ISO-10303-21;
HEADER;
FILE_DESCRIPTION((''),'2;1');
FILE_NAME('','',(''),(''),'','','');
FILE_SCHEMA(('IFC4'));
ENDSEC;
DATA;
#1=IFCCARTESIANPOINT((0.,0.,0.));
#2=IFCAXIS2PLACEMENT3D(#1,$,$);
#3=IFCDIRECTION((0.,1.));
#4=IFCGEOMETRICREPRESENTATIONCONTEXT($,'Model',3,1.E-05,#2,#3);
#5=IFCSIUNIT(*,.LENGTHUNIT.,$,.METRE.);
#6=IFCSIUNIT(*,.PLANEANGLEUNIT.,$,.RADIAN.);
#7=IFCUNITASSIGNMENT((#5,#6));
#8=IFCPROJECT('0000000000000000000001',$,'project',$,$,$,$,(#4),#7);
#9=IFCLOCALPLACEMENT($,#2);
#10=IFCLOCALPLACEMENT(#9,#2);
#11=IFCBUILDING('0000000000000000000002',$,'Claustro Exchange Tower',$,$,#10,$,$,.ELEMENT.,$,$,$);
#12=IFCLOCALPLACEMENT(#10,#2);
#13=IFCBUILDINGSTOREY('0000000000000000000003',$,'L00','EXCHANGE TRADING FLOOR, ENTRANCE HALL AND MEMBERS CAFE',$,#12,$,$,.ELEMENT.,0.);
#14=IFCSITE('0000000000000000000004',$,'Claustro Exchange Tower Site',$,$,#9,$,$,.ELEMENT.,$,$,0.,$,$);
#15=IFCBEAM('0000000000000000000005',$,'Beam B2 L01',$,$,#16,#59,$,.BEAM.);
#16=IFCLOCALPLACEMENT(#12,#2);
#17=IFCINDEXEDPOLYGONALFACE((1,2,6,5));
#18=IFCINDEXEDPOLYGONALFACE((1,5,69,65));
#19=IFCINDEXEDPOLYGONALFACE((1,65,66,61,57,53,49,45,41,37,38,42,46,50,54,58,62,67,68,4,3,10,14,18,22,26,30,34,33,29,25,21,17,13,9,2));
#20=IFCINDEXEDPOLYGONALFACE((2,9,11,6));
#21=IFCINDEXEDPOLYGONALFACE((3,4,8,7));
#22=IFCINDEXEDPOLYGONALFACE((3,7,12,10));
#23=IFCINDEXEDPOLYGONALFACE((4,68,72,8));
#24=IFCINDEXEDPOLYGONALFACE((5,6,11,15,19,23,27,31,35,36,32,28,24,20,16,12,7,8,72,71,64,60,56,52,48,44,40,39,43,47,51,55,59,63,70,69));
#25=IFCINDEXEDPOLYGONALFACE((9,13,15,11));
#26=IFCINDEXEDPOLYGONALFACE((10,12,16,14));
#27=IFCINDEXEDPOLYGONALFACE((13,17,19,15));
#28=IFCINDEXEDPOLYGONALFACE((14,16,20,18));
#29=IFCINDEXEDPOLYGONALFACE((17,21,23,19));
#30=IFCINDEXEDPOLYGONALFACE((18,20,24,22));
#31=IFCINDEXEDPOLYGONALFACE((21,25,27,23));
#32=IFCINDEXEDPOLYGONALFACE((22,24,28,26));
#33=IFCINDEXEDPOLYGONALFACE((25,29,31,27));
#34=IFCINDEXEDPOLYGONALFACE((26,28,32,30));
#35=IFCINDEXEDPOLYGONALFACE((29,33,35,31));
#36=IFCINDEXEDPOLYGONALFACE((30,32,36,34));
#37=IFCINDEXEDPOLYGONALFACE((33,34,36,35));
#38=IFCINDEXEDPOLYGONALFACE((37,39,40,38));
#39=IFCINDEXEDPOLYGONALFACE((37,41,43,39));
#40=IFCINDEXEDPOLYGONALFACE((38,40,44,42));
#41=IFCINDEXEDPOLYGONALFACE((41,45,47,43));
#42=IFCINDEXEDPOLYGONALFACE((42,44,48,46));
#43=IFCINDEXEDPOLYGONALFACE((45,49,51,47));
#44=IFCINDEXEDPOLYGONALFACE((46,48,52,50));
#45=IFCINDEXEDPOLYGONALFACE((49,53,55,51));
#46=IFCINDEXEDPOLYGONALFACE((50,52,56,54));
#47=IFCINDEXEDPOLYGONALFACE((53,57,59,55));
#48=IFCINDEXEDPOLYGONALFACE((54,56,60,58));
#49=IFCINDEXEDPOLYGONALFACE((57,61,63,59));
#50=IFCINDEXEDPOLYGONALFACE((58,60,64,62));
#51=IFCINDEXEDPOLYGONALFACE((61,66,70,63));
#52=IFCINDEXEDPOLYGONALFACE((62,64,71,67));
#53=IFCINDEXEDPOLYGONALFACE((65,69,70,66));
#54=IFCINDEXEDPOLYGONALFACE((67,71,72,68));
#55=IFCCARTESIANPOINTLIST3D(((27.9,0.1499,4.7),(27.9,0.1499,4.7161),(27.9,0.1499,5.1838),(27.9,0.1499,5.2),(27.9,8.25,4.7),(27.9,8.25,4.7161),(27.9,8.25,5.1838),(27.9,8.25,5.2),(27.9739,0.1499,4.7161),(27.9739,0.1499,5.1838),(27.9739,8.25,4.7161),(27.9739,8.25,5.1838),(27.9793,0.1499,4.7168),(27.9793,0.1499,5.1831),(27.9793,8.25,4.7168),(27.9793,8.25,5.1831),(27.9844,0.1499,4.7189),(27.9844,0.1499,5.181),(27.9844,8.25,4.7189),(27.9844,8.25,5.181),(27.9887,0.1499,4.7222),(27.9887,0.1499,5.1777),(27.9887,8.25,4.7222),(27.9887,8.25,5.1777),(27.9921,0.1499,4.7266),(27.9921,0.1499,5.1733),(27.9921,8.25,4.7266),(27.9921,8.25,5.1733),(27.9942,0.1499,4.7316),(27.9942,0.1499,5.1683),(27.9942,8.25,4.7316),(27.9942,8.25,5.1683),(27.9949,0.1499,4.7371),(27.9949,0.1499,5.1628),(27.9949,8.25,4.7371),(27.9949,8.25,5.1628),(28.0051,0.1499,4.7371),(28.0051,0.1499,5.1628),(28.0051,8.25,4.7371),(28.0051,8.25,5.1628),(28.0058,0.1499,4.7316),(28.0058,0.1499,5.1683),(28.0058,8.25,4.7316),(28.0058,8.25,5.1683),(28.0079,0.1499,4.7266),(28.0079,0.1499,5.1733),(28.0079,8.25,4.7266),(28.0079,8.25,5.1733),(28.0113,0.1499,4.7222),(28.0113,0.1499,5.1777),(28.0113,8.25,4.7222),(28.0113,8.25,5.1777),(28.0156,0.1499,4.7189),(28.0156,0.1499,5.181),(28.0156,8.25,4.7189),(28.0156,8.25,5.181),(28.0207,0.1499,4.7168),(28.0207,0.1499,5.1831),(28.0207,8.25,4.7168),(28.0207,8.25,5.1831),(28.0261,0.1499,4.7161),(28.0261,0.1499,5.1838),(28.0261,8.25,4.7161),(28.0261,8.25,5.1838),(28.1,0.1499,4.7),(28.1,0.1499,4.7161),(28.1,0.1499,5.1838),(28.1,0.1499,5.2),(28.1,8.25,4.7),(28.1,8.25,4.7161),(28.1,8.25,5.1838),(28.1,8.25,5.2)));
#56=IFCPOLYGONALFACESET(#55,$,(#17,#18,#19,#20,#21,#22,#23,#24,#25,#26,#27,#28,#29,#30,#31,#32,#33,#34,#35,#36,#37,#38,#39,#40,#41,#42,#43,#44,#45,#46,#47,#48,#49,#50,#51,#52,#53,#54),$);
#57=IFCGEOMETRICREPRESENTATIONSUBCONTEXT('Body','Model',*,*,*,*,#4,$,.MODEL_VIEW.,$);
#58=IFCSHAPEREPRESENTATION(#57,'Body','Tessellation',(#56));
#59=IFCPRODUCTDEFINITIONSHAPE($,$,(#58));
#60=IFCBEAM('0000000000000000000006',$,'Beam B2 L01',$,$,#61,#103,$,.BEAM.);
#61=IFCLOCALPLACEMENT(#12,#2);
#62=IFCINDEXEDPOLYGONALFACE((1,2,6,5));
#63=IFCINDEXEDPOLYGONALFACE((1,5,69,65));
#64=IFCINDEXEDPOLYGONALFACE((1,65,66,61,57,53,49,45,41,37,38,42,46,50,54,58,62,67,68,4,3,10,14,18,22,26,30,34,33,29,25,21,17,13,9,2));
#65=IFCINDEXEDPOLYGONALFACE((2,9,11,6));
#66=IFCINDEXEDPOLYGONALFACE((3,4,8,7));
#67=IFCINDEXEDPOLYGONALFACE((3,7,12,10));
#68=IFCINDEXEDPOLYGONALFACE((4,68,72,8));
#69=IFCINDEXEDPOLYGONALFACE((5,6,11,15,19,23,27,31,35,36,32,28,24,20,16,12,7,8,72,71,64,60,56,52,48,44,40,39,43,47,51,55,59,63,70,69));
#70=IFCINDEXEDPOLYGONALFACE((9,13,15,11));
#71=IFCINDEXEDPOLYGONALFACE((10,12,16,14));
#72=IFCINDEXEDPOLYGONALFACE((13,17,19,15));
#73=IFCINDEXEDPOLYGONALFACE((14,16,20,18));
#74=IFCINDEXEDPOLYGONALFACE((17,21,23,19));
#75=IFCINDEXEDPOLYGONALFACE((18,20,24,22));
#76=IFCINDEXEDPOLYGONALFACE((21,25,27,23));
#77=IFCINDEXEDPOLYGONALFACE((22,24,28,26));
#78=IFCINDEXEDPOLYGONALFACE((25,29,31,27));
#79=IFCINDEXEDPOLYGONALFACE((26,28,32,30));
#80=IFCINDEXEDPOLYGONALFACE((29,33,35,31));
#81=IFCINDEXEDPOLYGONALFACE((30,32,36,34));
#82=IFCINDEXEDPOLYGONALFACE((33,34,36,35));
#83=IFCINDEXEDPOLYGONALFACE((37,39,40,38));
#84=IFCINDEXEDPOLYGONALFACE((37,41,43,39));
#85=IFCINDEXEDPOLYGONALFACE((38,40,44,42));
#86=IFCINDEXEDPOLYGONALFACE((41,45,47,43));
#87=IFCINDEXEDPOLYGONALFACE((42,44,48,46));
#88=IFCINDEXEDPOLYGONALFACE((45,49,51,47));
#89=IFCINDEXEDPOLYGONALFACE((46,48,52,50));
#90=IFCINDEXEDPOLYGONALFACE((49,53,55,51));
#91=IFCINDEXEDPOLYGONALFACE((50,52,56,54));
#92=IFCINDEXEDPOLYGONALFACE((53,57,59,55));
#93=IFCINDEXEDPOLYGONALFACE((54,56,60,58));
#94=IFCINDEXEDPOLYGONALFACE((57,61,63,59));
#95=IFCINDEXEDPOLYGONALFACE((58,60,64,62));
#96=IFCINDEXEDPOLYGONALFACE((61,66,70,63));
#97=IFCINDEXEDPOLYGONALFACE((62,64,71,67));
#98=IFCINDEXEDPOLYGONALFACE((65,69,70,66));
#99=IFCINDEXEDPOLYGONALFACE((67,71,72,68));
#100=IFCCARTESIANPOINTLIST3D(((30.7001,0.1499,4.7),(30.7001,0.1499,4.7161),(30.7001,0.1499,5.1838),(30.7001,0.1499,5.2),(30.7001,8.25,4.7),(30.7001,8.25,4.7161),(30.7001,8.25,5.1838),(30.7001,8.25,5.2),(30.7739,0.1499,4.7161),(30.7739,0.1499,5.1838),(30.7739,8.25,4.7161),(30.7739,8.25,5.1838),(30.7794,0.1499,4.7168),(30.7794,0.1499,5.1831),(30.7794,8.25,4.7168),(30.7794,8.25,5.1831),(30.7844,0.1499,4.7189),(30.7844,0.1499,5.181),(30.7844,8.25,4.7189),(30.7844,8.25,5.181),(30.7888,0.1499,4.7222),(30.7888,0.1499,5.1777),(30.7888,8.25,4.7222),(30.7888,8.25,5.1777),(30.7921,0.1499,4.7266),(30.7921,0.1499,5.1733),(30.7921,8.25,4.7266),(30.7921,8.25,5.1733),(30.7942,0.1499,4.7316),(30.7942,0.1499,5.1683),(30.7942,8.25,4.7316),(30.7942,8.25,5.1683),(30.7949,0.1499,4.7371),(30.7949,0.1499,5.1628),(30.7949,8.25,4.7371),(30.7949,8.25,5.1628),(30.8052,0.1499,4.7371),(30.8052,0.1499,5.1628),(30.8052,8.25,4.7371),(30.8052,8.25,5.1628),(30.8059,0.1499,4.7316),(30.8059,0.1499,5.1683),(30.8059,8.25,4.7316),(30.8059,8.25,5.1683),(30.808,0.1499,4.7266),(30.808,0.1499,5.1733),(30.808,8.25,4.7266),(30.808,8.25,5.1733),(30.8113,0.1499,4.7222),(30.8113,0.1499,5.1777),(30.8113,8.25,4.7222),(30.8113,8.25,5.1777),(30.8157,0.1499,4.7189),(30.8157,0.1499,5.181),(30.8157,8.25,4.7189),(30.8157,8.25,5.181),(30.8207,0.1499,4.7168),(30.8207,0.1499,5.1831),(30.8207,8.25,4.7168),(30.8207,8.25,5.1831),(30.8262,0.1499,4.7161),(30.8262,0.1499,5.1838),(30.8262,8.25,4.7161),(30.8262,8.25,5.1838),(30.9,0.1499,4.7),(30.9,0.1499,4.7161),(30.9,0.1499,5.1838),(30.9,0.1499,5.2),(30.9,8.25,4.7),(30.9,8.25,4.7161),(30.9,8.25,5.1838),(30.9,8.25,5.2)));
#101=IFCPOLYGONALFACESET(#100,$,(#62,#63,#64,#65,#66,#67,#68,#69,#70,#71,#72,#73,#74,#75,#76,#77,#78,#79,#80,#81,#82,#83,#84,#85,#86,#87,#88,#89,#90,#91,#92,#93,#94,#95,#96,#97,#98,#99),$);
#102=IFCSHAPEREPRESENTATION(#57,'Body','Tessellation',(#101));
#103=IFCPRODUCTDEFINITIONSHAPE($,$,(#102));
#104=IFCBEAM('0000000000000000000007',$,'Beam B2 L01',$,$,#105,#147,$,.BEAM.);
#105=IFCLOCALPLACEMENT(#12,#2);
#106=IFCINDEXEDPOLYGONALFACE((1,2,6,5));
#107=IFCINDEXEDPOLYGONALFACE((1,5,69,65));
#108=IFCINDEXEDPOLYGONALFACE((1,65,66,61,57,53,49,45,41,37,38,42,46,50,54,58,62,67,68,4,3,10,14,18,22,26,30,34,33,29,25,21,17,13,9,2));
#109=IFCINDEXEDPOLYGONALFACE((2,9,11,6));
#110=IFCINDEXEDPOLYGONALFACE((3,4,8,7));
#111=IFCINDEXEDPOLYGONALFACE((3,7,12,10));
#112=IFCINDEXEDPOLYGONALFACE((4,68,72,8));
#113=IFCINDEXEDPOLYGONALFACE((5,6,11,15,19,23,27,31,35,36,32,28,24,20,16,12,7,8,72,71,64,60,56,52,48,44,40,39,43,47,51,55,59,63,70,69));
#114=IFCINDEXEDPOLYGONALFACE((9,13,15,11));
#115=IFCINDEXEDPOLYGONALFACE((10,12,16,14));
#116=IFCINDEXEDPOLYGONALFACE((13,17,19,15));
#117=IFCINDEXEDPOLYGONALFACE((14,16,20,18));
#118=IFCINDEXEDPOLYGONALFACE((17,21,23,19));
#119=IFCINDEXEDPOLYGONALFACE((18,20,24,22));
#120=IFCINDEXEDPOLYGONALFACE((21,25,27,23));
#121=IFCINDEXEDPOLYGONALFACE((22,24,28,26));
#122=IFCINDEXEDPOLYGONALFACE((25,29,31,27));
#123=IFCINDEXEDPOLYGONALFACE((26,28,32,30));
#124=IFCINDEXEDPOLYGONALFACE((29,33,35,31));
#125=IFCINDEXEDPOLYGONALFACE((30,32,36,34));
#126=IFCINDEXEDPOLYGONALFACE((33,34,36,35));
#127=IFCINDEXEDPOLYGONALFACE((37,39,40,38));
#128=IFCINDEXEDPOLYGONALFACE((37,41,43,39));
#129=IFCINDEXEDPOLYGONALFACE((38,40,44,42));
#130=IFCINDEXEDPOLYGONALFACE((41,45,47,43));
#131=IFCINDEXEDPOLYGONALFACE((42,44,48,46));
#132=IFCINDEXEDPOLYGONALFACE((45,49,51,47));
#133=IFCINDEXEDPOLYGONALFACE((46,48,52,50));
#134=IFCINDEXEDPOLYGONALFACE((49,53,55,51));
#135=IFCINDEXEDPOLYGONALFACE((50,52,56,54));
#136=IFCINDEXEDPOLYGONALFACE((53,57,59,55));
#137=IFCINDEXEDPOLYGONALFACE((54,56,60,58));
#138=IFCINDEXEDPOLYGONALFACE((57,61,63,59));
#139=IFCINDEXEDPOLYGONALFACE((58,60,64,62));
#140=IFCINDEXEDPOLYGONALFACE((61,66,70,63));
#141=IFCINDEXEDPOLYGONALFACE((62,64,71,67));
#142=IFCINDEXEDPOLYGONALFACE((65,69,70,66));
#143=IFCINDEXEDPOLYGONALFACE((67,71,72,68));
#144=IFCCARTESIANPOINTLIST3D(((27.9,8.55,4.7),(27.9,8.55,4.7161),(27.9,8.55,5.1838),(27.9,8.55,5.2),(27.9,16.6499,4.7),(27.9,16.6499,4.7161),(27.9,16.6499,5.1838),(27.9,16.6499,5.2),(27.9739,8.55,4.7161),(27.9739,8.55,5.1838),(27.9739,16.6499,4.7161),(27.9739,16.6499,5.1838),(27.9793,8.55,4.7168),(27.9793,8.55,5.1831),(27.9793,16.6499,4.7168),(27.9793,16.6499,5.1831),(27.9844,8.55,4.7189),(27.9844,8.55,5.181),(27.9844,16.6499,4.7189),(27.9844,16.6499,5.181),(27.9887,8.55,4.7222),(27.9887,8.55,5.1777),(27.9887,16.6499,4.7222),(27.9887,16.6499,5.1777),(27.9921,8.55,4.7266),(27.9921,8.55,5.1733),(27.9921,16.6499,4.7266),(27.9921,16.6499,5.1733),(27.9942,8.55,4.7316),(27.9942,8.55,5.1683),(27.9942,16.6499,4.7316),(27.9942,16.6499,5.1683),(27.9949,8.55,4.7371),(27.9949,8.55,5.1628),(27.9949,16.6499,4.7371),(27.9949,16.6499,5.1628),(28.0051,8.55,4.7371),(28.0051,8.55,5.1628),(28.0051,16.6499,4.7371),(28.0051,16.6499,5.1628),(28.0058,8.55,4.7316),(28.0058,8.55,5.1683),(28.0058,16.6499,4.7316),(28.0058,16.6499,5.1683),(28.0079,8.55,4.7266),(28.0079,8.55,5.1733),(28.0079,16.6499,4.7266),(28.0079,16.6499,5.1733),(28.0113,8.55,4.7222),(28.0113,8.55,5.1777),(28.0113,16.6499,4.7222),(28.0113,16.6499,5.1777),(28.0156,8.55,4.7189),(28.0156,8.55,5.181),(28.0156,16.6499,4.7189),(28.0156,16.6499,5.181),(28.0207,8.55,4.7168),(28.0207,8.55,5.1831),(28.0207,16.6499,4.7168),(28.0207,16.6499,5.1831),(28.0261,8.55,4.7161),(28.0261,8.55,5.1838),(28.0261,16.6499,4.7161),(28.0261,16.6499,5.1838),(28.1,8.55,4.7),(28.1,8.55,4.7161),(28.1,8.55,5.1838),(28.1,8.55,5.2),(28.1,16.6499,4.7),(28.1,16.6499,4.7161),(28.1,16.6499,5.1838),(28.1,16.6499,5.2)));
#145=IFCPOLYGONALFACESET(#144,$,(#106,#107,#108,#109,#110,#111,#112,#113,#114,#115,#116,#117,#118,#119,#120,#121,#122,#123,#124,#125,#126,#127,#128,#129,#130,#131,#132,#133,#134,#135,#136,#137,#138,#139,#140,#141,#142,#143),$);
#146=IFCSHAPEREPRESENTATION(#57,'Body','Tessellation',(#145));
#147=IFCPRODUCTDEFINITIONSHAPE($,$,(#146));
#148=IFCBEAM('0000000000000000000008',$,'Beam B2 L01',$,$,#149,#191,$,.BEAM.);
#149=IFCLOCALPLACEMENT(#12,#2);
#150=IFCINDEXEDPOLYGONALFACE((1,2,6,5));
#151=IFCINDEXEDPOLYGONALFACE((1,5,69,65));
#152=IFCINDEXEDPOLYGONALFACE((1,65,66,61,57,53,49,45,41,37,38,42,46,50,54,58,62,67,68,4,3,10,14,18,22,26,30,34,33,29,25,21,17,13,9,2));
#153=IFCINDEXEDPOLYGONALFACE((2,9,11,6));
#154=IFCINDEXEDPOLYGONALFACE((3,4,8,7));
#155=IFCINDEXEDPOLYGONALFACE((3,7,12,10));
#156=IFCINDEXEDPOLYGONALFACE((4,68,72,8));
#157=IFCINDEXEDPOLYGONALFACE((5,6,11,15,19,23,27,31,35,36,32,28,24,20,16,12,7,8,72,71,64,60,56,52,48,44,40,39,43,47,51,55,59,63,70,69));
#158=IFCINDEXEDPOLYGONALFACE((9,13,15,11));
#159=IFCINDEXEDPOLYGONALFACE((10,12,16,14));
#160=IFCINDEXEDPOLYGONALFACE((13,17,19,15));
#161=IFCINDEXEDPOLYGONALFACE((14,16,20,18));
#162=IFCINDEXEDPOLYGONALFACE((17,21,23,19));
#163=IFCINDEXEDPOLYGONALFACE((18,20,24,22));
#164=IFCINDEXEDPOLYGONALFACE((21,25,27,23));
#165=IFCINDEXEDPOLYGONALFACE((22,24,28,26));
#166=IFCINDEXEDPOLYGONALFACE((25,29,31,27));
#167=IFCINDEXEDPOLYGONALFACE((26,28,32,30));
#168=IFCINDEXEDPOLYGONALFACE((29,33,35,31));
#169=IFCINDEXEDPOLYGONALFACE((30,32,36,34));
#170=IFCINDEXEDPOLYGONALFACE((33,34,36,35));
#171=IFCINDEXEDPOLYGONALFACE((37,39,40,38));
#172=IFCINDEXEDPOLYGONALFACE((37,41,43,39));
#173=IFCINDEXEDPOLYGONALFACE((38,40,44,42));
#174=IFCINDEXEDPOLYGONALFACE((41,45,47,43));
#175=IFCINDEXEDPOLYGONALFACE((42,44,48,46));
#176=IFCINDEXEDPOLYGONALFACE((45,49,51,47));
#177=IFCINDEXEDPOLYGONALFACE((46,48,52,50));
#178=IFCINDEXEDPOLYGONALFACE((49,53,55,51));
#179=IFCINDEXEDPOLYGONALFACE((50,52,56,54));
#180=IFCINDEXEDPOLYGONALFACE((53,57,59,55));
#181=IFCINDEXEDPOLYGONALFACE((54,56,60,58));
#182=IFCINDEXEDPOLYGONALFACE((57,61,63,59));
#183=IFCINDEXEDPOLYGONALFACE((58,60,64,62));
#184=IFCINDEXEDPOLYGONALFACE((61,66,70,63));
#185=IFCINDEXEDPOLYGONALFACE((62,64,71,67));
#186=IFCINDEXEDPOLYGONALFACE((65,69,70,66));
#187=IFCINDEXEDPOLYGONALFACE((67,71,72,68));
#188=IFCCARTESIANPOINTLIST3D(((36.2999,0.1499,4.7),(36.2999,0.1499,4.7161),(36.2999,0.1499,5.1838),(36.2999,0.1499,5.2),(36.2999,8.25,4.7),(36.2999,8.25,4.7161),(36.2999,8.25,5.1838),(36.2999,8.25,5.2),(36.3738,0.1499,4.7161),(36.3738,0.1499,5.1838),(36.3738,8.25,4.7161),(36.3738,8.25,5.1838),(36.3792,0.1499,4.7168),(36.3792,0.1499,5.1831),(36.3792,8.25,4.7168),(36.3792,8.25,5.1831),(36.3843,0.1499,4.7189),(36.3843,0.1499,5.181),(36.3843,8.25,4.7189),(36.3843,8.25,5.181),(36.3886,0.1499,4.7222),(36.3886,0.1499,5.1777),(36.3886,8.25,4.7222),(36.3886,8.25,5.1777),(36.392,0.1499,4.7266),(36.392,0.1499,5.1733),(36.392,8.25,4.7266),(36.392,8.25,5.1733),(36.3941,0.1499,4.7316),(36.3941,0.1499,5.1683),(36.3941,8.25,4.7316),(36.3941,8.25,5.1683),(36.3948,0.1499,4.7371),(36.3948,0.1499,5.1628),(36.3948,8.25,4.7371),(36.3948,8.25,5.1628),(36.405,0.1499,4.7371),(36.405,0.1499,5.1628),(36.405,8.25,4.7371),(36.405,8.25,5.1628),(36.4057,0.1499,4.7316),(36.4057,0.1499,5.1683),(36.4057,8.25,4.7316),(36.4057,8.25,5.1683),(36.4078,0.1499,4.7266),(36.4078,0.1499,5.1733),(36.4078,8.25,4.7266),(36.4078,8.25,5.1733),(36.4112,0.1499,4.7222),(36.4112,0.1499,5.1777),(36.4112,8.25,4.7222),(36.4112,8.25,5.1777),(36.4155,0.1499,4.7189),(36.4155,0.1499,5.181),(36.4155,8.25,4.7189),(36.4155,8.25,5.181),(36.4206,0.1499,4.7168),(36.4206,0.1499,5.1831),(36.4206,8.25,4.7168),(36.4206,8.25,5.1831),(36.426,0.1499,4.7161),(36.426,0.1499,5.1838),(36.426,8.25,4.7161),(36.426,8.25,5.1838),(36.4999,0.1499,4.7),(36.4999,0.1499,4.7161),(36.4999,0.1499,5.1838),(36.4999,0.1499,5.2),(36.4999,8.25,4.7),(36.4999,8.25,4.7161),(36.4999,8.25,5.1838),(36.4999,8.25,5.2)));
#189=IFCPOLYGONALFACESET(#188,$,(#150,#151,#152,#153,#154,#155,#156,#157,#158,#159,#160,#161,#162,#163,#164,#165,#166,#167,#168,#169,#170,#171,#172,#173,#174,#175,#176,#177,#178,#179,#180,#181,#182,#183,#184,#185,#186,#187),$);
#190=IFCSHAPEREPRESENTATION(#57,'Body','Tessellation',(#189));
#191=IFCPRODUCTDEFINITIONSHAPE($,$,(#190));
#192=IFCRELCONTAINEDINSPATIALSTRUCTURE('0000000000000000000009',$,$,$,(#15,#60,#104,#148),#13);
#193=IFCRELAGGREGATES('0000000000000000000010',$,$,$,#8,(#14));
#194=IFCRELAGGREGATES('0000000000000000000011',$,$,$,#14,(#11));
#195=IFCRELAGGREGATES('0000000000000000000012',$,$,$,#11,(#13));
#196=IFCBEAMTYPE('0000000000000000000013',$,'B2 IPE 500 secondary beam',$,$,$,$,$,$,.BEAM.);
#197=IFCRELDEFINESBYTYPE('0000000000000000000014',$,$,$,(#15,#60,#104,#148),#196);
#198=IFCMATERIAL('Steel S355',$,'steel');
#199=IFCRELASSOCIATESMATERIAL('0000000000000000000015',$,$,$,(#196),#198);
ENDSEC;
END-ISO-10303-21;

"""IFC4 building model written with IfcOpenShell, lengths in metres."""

from ifc_helpers import new_model, si_unit, direction, frame, origin, origin_2d, place, context, subcontext, project, spatial, i_section, extrude, material, material_profile, profile_set, type_object, element, save


model = new_model("IFC4")

# Units and contexts
model_context = context("Model", 3, precision=1e-05, world=origin(), true_north=direction((0.0, 1.0)))
body_context = subcontext(model_context, "Body", "Model", "MODEL_VIEW")
ifc_project = project(units=[si_unit("LENGTHUNIT", "METRE"), si_unit("PLANEANGLEUNIT", "RADIAN")], contexts=[model_context])

# Site, building, storey
site_placement = place(None, origin())
site = spatial("IfcSite", under=ifc_project, at=site_placement, Name="Claustro Exchange Tower Site", CompositionType="ELEMENT", RefElevation=0.0)
building_placement = place(site_placement, origin())
building = spatial("IfcBuilding", under=site, at=building_placement, Name="Claustro Exchange Tower", CompositionType="ELEMENT")
storey_placement = place(building_placement, origin())
storey = spatial("IfcBuildingStorey", under=building, at=storey_placement, Name="L00", Description="EXCHANGE TRADING FLOOR, ENTRANCE HALL AND MEMBERS CAFE", CompositionType="ELEMENT", Elevation=0.0)

# Beams
ifc_material_1 = material(Name="Steel S355", Category="steel")
ifc_material_profile_1 = material_profile(ifc_material_1, i_section(OverallWidth=0.2, OverallDepth=0.5, WebThickness=0.0103, FlangeThickness=0.0161, FilletRadius=0.021, at=origin_2d()), Name="IPE 500")
ifc_profile_set_1 = profile_set([ifc_material_profile_1], Name="Steel S355")
beam_type_1 = type_object("IfcBeamType", Name="B2 IPE 500 secondary beam", PredefinedType="BEAM", material=ifc_profile_set_1)
for number, where, z_axis, x_axis, name in (
    (1, (28.0, 0.1499, 4.95), (0.0, 1.0, 0.0), (-1.0, 0.0, 0.0), "Beam B2 L01"),
    (2, (30.8, 0.1499, 4.95), (0.0, 1.0, 0.0), (-1.0, 0.0, 0.0), "Beam B2 L01"),
):
    element("IfcBeam", number, at=place(storey_placement, frame(where, z_axis=z_axis, x_axis=x_axis)), inside=storey, type_object=beam_type_1, Name=name, PredefinedType="BEAM", context=body_context, shape_type="SweptSolid", body=[
        extrude(i_section(OverallWidth=0.2, OverallDepth=0.5, WebThickness=0.0103, FlangeThickness=0.0161, FilletRadius=0.021, at=origin_2d()), origin(), (0.0, 0.0, 1.0), 8.1001),
    ])
beam_1_placement = place(storey_placement, frame((28.0, 8.55, 4.95), z_axis=(0.0, 1.0, 0.0), x_axis=(-1.0, 0.0, 0.0)))
element("IfcBeam", 3, at=beam_1_placement, inside=storey, type_object=beam_type_1, Name="Beam B2 L01", PredefinedType="BEAM", context=body_context, shape_type="SweptSolid", body=[
    extrude(i_section(OverallWidth=0.2, OverallDepth=0.5, WebThickness=0.0103, FlangeThickness=0.0161, FilletRadius=0.021, at=origin_2d()), origin(), (0.0, 0.0, 1.0), 8.0999),
])
for number, where, z_axis, x_axis, name in (
    (4, (36.3999, 0.1499, 4.95), (0.0, 1.0, 0.0), (-1.0, 0.0, 0.0), "Beam B2 L01"),
):
    element("IfcBeam", number, at=place(storey_placement, frame(where, z_axis=z_axis, x_axis=x_axis)), inside=storey, type_object=beam_type_1, Name=name, PredefinedType="BEAM", context=body_context, shape_type="SweptSolid", body=[
        extrude(i_section(OverallWidth=0.2, OverallDepth=0.5, WebThickness=0.0103, FlangeThickness=0.0161, FilletRadius=0.021, at=origin_2d()), origin(), (0.0, 0.0, 1.0), 8.1001),
    ])

save(model, "model.ifc")
